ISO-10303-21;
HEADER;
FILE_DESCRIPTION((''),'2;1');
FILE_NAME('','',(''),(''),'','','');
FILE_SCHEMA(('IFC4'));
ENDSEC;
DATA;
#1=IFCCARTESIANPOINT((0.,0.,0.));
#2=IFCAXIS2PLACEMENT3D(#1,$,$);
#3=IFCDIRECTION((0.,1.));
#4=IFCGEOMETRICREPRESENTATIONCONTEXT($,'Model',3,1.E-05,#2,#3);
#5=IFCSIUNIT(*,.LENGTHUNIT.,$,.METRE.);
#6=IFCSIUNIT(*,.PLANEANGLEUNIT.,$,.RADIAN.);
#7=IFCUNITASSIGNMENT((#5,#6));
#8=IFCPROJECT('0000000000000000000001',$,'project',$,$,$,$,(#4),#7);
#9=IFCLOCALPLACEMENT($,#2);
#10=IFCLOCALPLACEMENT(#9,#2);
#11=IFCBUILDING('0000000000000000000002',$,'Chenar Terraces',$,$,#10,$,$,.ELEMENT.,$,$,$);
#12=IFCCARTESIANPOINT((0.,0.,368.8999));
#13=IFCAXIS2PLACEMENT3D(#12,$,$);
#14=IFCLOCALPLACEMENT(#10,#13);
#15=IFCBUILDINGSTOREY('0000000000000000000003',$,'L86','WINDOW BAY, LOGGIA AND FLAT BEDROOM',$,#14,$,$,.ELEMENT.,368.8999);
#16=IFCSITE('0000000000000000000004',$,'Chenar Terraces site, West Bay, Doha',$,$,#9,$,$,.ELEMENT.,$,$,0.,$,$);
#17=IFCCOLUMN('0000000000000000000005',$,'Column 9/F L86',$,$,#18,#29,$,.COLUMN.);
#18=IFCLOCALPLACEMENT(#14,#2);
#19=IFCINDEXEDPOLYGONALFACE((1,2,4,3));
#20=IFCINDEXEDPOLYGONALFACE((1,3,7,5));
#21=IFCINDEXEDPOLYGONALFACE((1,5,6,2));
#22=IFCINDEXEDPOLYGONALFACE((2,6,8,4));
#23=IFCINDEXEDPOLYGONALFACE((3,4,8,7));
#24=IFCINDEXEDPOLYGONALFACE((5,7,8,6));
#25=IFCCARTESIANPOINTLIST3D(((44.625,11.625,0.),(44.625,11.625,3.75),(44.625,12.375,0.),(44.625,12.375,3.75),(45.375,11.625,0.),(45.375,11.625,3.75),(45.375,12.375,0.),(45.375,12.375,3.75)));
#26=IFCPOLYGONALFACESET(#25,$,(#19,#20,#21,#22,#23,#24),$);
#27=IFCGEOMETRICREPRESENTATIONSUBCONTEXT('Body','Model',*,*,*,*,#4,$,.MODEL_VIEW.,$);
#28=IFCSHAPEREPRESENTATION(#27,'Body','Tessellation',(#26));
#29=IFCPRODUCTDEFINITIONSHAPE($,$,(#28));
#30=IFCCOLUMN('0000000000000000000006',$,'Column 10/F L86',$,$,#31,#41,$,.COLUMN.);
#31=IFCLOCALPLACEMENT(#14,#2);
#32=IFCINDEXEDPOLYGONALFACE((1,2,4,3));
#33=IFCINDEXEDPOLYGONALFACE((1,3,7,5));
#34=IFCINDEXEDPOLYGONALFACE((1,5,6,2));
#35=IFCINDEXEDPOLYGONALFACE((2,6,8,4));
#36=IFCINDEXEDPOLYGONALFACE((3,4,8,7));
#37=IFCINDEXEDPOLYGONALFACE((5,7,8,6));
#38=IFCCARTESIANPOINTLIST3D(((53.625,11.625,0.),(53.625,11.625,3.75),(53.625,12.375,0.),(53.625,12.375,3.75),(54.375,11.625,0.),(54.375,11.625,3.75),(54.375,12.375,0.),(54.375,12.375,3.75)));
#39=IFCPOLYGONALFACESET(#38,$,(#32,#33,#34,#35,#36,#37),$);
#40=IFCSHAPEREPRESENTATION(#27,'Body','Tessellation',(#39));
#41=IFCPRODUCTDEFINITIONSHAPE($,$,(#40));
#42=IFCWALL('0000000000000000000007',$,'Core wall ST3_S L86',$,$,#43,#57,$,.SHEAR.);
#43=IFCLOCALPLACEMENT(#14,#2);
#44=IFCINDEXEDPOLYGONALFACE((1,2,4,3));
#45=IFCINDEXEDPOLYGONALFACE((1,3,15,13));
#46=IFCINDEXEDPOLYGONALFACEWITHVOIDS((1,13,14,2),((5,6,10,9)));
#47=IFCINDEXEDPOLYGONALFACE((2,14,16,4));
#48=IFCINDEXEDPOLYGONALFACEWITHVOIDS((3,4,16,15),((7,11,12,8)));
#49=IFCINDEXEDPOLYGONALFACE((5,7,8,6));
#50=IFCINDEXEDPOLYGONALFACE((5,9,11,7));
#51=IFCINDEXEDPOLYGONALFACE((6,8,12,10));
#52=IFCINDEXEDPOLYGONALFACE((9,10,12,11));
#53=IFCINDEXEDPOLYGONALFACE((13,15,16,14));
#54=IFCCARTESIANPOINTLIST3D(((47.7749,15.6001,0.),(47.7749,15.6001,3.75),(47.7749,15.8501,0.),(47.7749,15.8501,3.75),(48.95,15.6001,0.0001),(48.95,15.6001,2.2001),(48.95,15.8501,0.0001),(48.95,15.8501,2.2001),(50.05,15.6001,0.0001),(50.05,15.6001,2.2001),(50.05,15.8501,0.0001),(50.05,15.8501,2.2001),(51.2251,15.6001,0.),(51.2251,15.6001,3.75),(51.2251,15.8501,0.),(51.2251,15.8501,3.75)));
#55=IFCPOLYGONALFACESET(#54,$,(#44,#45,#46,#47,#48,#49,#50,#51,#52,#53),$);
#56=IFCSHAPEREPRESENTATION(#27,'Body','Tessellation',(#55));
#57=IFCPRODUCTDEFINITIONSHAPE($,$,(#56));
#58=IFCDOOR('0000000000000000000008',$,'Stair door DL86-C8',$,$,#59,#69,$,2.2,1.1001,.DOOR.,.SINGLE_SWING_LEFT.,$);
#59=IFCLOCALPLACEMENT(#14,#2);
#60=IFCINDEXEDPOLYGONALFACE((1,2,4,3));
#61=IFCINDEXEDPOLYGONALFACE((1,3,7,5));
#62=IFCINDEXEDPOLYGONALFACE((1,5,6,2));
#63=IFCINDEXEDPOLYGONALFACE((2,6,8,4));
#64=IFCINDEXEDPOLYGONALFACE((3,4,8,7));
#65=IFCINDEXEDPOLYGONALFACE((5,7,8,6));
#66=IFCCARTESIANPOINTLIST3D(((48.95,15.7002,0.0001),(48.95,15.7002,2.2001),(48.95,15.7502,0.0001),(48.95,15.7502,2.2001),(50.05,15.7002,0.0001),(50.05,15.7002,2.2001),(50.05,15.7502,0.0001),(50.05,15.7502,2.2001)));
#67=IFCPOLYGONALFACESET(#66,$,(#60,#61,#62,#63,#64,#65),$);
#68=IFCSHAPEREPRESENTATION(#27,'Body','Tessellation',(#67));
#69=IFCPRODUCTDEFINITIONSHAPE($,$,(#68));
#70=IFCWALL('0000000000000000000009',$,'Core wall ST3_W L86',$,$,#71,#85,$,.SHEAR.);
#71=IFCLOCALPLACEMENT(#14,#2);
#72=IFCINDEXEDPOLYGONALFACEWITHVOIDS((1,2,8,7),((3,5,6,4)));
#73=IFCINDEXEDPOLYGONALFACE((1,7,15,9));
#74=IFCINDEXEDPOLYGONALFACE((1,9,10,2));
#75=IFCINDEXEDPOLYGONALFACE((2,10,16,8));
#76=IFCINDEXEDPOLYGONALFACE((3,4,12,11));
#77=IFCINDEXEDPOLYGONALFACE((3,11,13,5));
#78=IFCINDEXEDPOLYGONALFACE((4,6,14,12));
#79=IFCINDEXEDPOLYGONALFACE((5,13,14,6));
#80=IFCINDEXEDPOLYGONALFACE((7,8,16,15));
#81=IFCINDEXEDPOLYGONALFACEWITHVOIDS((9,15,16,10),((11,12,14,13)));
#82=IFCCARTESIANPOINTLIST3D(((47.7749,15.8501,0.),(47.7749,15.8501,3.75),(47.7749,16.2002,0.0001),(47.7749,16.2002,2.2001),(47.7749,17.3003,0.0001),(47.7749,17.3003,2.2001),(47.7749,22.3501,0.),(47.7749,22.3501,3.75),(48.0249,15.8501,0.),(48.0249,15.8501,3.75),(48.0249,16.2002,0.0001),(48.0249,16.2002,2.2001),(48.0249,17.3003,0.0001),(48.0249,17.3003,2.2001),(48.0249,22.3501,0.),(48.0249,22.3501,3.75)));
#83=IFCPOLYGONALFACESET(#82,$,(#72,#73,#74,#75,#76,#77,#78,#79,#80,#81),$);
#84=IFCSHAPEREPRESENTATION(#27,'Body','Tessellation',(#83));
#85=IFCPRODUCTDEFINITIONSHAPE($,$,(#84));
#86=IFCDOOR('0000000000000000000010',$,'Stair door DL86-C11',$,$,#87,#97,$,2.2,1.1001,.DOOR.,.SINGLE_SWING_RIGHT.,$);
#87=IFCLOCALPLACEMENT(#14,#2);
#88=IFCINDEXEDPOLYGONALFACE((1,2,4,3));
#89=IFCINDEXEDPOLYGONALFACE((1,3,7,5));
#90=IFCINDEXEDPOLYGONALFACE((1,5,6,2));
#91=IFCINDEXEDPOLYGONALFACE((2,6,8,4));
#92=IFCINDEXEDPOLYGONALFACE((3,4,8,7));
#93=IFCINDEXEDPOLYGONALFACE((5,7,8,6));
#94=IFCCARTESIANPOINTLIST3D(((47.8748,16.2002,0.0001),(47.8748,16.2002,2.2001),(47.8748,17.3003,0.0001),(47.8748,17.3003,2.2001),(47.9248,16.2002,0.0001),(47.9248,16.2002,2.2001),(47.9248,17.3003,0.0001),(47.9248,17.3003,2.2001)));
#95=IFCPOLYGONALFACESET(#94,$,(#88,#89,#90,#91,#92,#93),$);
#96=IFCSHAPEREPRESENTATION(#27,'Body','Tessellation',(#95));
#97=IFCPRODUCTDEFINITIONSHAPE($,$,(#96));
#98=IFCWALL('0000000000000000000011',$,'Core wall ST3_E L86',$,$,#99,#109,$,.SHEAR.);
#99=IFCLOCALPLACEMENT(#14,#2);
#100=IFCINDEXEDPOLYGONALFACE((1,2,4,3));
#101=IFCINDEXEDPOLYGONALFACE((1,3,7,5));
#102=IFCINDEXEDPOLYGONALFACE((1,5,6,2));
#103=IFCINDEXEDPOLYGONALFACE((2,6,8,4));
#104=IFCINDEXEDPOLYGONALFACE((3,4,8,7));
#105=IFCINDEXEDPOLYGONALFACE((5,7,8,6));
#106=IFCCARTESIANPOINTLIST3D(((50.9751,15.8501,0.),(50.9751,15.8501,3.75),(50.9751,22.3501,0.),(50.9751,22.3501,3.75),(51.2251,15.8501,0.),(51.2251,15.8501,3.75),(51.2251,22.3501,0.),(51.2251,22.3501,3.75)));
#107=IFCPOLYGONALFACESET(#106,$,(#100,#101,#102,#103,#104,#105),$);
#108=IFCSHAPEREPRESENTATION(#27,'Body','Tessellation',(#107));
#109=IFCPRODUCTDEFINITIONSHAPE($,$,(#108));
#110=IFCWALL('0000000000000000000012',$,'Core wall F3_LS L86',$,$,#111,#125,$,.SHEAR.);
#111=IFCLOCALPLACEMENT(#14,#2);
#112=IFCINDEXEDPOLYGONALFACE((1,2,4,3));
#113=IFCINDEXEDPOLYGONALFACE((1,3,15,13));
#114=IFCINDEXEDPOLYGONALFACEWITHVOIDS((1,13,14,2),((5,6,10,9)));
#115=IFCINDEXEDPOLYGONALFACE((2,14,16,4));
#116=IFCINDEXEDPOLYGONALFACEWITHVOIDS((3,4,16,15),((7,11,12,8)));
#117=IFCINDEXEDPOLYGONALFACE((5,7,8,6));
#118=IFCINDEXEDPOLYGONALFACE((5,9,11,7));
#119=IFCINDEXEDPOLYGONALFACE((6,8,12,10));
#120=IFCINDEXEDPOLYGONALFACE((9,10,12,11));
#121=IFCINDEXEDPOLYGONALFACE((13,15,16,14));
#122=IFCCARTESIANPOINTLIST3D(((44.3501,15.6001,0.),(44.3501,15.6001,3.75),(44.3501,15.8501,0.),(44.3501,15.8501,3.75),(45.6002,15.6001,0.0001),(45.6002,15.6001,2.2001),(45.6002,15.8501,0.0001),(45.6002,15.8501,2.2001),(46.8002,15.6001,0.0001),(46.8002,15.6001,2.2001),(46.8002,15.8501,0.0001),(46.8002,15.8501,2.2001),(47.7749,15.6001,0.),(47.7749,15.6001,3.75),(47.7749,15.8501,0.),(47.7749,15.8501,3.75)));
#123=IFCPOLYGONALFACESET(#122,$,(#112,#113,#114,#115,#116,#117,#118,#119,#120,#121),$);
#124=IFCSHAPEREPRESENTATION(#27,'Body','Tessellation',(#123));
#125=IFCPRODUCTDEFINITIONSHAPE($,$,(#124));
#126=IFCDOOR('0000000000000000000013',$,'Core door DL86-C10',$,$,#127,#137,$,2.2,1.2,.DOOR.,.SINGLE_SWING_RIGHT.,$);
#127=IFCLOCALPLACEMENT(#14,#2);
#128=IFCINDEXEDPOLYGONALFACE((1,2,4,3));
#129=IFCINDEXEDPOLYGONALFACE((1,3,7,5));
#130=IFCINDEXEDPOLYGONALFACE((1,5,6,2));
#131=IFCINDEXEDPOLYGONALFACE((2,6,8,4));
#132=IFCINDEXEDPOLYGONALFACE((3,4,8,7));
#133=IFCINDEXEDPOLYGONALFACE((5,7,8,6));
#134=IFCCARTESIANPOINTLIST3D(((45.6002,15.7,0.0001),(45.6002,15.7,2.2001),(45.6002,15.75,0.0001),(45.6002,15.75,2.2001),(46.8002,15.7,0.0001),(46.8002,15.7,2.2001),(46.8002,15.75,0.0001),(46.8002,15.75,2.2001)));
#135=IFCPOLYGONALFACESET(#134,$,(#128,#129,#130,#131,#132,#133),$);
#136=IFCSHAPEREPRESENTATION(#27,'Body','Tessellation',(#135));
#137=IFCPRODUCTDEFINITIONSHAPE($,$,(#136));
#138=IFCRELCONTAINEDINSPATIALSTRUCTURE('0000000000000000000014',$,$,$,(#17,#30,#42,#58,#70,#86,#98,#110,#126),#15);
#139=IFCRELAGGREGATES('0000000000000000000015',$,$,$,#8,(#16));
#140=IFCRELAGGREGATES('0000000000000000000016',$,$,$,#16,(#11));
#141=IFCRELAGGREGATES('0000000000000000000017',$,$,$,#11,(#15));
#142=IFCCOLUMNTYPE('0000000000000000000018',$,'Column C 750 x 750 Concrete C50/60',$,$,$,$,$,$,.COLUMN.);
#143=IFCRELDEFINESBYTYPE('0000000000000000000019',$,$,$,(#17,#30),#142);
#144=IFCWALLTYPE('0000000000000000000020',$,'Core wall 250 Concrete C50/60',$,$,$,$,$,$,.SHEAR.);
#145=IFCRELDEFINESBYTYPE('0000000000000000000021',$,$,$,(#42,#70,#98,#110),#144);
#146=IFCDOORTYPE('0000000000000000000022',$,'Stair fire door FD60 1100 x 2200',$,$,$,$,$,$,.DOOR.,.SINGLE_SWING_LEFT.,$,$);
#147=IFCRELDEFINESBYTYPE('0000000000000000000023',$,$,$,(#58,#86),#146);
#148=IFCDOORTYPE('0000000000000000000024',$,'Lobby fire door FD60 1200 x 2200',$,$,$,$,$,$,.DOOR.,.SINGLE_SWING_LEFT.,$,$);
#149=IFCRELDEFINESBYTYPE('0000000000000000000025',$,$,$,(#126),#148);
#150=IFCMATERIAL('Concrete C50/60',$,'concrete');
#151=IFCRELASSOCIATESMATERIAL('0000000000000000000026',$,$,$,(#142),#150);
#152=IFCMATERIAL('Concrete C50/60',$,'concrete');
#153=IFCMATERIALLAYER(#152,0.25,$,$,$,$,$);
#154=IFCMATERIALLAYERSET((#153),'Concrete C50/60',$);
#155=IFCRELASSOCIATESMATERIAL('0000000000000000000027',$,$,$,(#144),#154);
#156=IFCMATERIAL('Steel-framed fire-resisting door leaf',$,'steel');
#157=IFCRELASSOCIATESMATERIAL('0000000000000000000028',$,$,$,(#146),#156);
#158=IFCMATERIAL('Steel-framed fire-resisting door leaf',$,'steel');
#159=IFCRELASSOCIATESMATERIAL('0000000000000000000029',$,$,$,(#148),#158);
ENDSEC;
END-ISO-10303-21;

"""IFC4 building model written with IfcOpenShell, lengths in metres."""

from ifc_helpers import new_model, si_unit, direction, frame, frame_2d, origin, origin_2d, place, context, subcontext, project, spatial, rectangle, extrude, material, layer, layer_set, material_profile, profile_set, type_object, element, fill, save


model = new_model("IFC4")

# Units and contexts
model_context = context("Model", 3, precision=1e-05, world=origin(), true_north=direction((0.0, 1.0)))
body_context = subcontext(model_context, "Body", "Model", "MODEL_VIEW")
ifc_project = project(units=[si_unit("LENGTHUNIT", "METRE"), si_unit("PLANEANGLEUNIT", "RADIAN")], contexts=[model_context])

# Site, building, storey
site_placement = place(None, origin())
site = spatial("IfcSite", under=ifc_project, at=site_placement, Name="Chenar Terraces site, West Bay, Doha", CompositionType="ELEMENT", RefElevation=0.0)
building_placement = place(site_placement, origin())
building = spatial("IfcBuilding", under=site, at=building_placement, Name="Chenar Terraces", CompositionType="ELEMENT")
storey_placement = place(building_placement, frame((0.0, 0.0, 368.8999)))
storey = spatial("IfcBuildingStorey", under=building, at=storey_placement, Name="L86", Description="WINDOW BAY, LOGGIA AND FLAT BEDROOM", CompositionType="ELEMENT", Elevation=368.8999)

# Columns
ifc_material_1 = material(Name="Concrete C50/60", Category="concrete")
ifc_material_profile_1 = material_profile(ifc_material_1, rectangle(XDim=0.75, YDim=0.75, at=origin_2d()), Name="C 750 x 750")
ifc_profile_set_1 = profile_set([ifc_material_profile_1], Name="Concrete C50/60")
column_type = type_object("IfcColumnType", Name="Column C 750 x 750 Concrete C50/60", PredefinedType="COLUMN", material=ifc_profile_set_1)
for number, where, z_axis, x_axis, name in (
    (1, (45.0, 12.0, 0.0), (0.0, 0.0, 1.0), (1.0, 0.0, 0.0), "Column 9/F L86"),
    (2, (54.0, 12.0, 0.0), (0.0, 0.0, 1.0), (1.0, 0.0, 0.0), "Column 10/F L86"),
):
    element("IfcColumn", number, at=place(storey_placement, frame(where, z_axis=z_axis, x_axis=x_axis)), inside=storey, type_object=column_type, Name=name, PredefinedType="COLUMN", context=body_context, shape_type="SweptSolid", body=[
        extrude(rectangle(XDim=0.75, YDim=0.75, at=origin_2d()), origin(), (0.0, 0.0, 1.0), 3.75),
    ])

# Walls, openings, doors
ifc_material_2 = material(Name="Concrete C50/60", Category="concrete")
ifc_layer_1 = layer(ifc_material_2, 0.25)
ifc_layer_set_1 = layer_set([ifc_layer_1], Name="Concrete C50/60")
wall_type_1 = type_object("IfcWallType", Name="Core wall 250 Concrete C50/60", PredefinedType="SHEAR", material=ifc_layer_set_1)
wall_1_placement = place(storey_placement, frame((47.7749, 15.7251, 0.0), z_axis=(0.0, 0.0, 1.0), x_axis=(1.0, 0.0, 0.0)))
wall_1 = element("IfcWall", 3, at=wall_1_placement, inside=storey, type_object=wall_type_1, Name="Core wall ST3_S L86", PredefinedType="SHEAR", context=body_context, shape_type="SweptSolid", body=[
    extrude(rectangle(XDim=3.4502, YDim=0.25, at=frame_2d((1.7251, 0.0))), origin(), (0.0, 0.0, 1.0), 3.75),
])
opening_1_placement = place(wall_1_placement, frame((1.175, 0.0, 0.0)))
opening_1 = element("IfcOpeningElement", 4, at=opening_1_placement, cuts=wall_1, PredefinedType="OPENING", context=body_context, shape_type="SweptSolid", body=[
    extrude(rectangle(XDim=1.1001, YDim=2.2, at=frame_2d((0.55, 1.1001))), frame((0.0, 0.135, 0.0), z_axis=(0.0, -1.0, 0.0), x_axis=(1.0, 0.0, 0.0)), (0.0, 0.0, 1.0), 0.27),
])
ifc_material_3 = material(Name="Steel-framed fire-resisting door leaf", Category="steel")
door_type_1 = type_object("IfcDoorType", Name="Stair fire door FD60 1100 x 2200", OperationType="SINGLE_SWING_LEFT", PredefinedType="DOOR", material=ifc_material_3)
door_1_placement = place(opening_1_placement, frame((1.1001, 0.0, 0.0), z_axis=(0.0, 0.0, 1.0), x_axis=(-1.0, 0.0, 0.0)))
door_1 = element("IfcDoor", 5, at=door_1_placement, inside=storey, type_object=door_type_1, Name="Stair door DL86-C8", OperationType="SINGLE_SWING_LEFT", OverallHeight=2.2, OverallWidth=1.1001, PredefinedType="DOOR", context=body_context, shape_type="SweptSolid", body=[
    extrude(rectangle(XDim=1.1001, YDim=2.2, at=frame_2d((0.55, 1.1001))), frame((0.0, 0.0249, 0.0), z_axis=(0.0, -1.0, 0.0), x_axis=(1.0, 0.0, 0.0)), (0.0, 0.0, 1.0), 0.05),
])
fill(opening_1, door_1)
wall_2_placement = place(storey_placement, frame((47.8999, 15.8501, 0.0), z_axis=(0.0, 0.0, 1.0), x_axis=(0.0, 1.0, 0.0)))
wall_2 = element("IfcWall", 6, at=wall_2_placement, inside=storey, type_object=wall_type_1, Name="Core wall ST3_W L86", PredefinedType="SHEAR", context=body_context, shape_type="SweptSolid", body=[
    extrude(rectangle(XDim=6.5, YDim=0.25, at=frame_2d((3.25, 0.0))), origin(), (0.0, 0.0, 1.0), 3.75),
])
opening_2_placement = place(wall_2_placement, frame((0.3501, 0.0, 0.0)))
opening_2 = element("IfcOpeningElement", 7, at=opening_2_placement, cuts=wall_2, PredefinedType="OPENING", context=body_context, shape_type="SweptSolid", body=[
    extrude(rectangle(XDim=1.1001, YDim=2.2, at=frame_2d((0.55, 1.1001))), frame((0.0, 0.135, 0.0), z_axis=(0.0, -1.0, 0.0), x_axis=(1.0, 0.0, 0.0)), (0.0, 0.0, 1.0), 0.27),
])
door_2_placement = place(opening_2_placement, frame((1.1001, 0.0, 0.0), z_axis=(0.0, 0.0, 1.0), x_axis=(-1.0, 0.0, 0.0)))
door_2 = element("IfcDoor", 8, at=door_2_placement, inside=storey, type_object=door_type_1, Name="Stair door DL86-C11", OperationType="SINGLE_SWING_RIGHT", OverallHeight=2.2, OverallWidth=1.1001, PredefinedType="DOOR", context=body_context, shape_type="SweptSolid", body=[
    extrude(rectangle(XDim=1.1001, YDim=2.2, at=frame_2d((0.55, 1.1001))), frame((0.0, 0.0249, 0.0), z_axis=(0.0, -1.0, 0.0), x_axis=(1.0, 0.0, 0.0)), (0.0, 0.0, 1.0), 0.05),
])
fill(opening_2, door_2)

# Wall
wall_3_placement = place(storey_placement, frame((51.1001, 15.8501, 0.0), z_axis=(0.0, 0.0, 1.0), x_axis=(0.0, 1.0, 0.0)))
element("IfcWall", 9, at=wall_3_placement, inside=storey, type_object=wall_type_1, Name="Core wall ST3_E L86", PredefinedType="SHEAR", context=body_context, shape_type="SweptSolid", body=[
    extrude(rectangle(XDim=6.5, YDim=0.25, at=frame_2d((3.25, 0.0))), origin(), (0.0, 0.0, 1.0), 3.75),
])

# Wall, opening, door
wall_4_placement = place(storey_placement, frame((44.3501, 15.7251, 0.0), z_axis=(0.0, 0.0, 1.0), x_axis=(1.0, 0.0, 0.0)))
wall_4 = element("IfcWall", 10, at=wall_4_placement, inside=storey, type_object=wall_type_1, Name="Core wall F3_LS L86", PredefinedType="SHEAR", context=body_context, shape_type="SweptSolid", body=[
    extrude(rectangle(XDim=3.4248, YDim=0.25, at=frame_2d((1.7124, 0.0))), origin(), (0.0, 0.0, 1.0), 3.75),
])
opening_3_placement = place(wall_4_placement, frame((1.25, 0.0, 0.0)))
opening_3 = element("IfcOpeningElement", 11, at=opening_3_placement, cuts=wall_4, PredefinedType="OPENING", context=body_context, shape_type="SweptSolid", body=[
    extrude(rectangle(XDim=1.2, YDim=2.2, at=frame_2d((0.6001, 1.1001))), frame((0.0, 0.135, 0.0), z_axis=(0.0, -1.0, 0.0), x_axis=(1.0, 0.0, 0.0)), (0.0, 0.0, 1.0), 0.27),
])
ifc_material_4 = material(Name="Steel-framed fire-resisting door leaf", Category="steel")
door_type_2 = type_object("IfcDoorType", Name="Lobby fire door FD60 1200 x 2200", OperationType="SINGLE_SWING_LEFT", PredefinedType="DOOR", material=ifc_material_4)
door_3_placement = place(opening_3_placement, origin())
door_3 = element("IfcDoor", 12, at=door_3_placement, inside=storey, type_object=door_type_2, Name="Core door DL86-C10", OperationType="SINGLE_SWING_RIGHT", OverallHeight=2.2, OverallWidth=1.2, PredefinedType="DOOR", context=body_context, shape_type="SweptSolid", body=[
    extrude(rectangle(XDim=1.2, YDim=2.2, at=frame_2d((0.6001, 1.1001))), frame((0.0, 0.0249, 0.0), z_axis=(0.0, -1.0, 0.0), x_axis=(1.0, 0.0, 0.0)), (0.0, 0.0, 1.0), 0.05),
])
fill(opening_3, door_3)

save(model, "model.ifc")
